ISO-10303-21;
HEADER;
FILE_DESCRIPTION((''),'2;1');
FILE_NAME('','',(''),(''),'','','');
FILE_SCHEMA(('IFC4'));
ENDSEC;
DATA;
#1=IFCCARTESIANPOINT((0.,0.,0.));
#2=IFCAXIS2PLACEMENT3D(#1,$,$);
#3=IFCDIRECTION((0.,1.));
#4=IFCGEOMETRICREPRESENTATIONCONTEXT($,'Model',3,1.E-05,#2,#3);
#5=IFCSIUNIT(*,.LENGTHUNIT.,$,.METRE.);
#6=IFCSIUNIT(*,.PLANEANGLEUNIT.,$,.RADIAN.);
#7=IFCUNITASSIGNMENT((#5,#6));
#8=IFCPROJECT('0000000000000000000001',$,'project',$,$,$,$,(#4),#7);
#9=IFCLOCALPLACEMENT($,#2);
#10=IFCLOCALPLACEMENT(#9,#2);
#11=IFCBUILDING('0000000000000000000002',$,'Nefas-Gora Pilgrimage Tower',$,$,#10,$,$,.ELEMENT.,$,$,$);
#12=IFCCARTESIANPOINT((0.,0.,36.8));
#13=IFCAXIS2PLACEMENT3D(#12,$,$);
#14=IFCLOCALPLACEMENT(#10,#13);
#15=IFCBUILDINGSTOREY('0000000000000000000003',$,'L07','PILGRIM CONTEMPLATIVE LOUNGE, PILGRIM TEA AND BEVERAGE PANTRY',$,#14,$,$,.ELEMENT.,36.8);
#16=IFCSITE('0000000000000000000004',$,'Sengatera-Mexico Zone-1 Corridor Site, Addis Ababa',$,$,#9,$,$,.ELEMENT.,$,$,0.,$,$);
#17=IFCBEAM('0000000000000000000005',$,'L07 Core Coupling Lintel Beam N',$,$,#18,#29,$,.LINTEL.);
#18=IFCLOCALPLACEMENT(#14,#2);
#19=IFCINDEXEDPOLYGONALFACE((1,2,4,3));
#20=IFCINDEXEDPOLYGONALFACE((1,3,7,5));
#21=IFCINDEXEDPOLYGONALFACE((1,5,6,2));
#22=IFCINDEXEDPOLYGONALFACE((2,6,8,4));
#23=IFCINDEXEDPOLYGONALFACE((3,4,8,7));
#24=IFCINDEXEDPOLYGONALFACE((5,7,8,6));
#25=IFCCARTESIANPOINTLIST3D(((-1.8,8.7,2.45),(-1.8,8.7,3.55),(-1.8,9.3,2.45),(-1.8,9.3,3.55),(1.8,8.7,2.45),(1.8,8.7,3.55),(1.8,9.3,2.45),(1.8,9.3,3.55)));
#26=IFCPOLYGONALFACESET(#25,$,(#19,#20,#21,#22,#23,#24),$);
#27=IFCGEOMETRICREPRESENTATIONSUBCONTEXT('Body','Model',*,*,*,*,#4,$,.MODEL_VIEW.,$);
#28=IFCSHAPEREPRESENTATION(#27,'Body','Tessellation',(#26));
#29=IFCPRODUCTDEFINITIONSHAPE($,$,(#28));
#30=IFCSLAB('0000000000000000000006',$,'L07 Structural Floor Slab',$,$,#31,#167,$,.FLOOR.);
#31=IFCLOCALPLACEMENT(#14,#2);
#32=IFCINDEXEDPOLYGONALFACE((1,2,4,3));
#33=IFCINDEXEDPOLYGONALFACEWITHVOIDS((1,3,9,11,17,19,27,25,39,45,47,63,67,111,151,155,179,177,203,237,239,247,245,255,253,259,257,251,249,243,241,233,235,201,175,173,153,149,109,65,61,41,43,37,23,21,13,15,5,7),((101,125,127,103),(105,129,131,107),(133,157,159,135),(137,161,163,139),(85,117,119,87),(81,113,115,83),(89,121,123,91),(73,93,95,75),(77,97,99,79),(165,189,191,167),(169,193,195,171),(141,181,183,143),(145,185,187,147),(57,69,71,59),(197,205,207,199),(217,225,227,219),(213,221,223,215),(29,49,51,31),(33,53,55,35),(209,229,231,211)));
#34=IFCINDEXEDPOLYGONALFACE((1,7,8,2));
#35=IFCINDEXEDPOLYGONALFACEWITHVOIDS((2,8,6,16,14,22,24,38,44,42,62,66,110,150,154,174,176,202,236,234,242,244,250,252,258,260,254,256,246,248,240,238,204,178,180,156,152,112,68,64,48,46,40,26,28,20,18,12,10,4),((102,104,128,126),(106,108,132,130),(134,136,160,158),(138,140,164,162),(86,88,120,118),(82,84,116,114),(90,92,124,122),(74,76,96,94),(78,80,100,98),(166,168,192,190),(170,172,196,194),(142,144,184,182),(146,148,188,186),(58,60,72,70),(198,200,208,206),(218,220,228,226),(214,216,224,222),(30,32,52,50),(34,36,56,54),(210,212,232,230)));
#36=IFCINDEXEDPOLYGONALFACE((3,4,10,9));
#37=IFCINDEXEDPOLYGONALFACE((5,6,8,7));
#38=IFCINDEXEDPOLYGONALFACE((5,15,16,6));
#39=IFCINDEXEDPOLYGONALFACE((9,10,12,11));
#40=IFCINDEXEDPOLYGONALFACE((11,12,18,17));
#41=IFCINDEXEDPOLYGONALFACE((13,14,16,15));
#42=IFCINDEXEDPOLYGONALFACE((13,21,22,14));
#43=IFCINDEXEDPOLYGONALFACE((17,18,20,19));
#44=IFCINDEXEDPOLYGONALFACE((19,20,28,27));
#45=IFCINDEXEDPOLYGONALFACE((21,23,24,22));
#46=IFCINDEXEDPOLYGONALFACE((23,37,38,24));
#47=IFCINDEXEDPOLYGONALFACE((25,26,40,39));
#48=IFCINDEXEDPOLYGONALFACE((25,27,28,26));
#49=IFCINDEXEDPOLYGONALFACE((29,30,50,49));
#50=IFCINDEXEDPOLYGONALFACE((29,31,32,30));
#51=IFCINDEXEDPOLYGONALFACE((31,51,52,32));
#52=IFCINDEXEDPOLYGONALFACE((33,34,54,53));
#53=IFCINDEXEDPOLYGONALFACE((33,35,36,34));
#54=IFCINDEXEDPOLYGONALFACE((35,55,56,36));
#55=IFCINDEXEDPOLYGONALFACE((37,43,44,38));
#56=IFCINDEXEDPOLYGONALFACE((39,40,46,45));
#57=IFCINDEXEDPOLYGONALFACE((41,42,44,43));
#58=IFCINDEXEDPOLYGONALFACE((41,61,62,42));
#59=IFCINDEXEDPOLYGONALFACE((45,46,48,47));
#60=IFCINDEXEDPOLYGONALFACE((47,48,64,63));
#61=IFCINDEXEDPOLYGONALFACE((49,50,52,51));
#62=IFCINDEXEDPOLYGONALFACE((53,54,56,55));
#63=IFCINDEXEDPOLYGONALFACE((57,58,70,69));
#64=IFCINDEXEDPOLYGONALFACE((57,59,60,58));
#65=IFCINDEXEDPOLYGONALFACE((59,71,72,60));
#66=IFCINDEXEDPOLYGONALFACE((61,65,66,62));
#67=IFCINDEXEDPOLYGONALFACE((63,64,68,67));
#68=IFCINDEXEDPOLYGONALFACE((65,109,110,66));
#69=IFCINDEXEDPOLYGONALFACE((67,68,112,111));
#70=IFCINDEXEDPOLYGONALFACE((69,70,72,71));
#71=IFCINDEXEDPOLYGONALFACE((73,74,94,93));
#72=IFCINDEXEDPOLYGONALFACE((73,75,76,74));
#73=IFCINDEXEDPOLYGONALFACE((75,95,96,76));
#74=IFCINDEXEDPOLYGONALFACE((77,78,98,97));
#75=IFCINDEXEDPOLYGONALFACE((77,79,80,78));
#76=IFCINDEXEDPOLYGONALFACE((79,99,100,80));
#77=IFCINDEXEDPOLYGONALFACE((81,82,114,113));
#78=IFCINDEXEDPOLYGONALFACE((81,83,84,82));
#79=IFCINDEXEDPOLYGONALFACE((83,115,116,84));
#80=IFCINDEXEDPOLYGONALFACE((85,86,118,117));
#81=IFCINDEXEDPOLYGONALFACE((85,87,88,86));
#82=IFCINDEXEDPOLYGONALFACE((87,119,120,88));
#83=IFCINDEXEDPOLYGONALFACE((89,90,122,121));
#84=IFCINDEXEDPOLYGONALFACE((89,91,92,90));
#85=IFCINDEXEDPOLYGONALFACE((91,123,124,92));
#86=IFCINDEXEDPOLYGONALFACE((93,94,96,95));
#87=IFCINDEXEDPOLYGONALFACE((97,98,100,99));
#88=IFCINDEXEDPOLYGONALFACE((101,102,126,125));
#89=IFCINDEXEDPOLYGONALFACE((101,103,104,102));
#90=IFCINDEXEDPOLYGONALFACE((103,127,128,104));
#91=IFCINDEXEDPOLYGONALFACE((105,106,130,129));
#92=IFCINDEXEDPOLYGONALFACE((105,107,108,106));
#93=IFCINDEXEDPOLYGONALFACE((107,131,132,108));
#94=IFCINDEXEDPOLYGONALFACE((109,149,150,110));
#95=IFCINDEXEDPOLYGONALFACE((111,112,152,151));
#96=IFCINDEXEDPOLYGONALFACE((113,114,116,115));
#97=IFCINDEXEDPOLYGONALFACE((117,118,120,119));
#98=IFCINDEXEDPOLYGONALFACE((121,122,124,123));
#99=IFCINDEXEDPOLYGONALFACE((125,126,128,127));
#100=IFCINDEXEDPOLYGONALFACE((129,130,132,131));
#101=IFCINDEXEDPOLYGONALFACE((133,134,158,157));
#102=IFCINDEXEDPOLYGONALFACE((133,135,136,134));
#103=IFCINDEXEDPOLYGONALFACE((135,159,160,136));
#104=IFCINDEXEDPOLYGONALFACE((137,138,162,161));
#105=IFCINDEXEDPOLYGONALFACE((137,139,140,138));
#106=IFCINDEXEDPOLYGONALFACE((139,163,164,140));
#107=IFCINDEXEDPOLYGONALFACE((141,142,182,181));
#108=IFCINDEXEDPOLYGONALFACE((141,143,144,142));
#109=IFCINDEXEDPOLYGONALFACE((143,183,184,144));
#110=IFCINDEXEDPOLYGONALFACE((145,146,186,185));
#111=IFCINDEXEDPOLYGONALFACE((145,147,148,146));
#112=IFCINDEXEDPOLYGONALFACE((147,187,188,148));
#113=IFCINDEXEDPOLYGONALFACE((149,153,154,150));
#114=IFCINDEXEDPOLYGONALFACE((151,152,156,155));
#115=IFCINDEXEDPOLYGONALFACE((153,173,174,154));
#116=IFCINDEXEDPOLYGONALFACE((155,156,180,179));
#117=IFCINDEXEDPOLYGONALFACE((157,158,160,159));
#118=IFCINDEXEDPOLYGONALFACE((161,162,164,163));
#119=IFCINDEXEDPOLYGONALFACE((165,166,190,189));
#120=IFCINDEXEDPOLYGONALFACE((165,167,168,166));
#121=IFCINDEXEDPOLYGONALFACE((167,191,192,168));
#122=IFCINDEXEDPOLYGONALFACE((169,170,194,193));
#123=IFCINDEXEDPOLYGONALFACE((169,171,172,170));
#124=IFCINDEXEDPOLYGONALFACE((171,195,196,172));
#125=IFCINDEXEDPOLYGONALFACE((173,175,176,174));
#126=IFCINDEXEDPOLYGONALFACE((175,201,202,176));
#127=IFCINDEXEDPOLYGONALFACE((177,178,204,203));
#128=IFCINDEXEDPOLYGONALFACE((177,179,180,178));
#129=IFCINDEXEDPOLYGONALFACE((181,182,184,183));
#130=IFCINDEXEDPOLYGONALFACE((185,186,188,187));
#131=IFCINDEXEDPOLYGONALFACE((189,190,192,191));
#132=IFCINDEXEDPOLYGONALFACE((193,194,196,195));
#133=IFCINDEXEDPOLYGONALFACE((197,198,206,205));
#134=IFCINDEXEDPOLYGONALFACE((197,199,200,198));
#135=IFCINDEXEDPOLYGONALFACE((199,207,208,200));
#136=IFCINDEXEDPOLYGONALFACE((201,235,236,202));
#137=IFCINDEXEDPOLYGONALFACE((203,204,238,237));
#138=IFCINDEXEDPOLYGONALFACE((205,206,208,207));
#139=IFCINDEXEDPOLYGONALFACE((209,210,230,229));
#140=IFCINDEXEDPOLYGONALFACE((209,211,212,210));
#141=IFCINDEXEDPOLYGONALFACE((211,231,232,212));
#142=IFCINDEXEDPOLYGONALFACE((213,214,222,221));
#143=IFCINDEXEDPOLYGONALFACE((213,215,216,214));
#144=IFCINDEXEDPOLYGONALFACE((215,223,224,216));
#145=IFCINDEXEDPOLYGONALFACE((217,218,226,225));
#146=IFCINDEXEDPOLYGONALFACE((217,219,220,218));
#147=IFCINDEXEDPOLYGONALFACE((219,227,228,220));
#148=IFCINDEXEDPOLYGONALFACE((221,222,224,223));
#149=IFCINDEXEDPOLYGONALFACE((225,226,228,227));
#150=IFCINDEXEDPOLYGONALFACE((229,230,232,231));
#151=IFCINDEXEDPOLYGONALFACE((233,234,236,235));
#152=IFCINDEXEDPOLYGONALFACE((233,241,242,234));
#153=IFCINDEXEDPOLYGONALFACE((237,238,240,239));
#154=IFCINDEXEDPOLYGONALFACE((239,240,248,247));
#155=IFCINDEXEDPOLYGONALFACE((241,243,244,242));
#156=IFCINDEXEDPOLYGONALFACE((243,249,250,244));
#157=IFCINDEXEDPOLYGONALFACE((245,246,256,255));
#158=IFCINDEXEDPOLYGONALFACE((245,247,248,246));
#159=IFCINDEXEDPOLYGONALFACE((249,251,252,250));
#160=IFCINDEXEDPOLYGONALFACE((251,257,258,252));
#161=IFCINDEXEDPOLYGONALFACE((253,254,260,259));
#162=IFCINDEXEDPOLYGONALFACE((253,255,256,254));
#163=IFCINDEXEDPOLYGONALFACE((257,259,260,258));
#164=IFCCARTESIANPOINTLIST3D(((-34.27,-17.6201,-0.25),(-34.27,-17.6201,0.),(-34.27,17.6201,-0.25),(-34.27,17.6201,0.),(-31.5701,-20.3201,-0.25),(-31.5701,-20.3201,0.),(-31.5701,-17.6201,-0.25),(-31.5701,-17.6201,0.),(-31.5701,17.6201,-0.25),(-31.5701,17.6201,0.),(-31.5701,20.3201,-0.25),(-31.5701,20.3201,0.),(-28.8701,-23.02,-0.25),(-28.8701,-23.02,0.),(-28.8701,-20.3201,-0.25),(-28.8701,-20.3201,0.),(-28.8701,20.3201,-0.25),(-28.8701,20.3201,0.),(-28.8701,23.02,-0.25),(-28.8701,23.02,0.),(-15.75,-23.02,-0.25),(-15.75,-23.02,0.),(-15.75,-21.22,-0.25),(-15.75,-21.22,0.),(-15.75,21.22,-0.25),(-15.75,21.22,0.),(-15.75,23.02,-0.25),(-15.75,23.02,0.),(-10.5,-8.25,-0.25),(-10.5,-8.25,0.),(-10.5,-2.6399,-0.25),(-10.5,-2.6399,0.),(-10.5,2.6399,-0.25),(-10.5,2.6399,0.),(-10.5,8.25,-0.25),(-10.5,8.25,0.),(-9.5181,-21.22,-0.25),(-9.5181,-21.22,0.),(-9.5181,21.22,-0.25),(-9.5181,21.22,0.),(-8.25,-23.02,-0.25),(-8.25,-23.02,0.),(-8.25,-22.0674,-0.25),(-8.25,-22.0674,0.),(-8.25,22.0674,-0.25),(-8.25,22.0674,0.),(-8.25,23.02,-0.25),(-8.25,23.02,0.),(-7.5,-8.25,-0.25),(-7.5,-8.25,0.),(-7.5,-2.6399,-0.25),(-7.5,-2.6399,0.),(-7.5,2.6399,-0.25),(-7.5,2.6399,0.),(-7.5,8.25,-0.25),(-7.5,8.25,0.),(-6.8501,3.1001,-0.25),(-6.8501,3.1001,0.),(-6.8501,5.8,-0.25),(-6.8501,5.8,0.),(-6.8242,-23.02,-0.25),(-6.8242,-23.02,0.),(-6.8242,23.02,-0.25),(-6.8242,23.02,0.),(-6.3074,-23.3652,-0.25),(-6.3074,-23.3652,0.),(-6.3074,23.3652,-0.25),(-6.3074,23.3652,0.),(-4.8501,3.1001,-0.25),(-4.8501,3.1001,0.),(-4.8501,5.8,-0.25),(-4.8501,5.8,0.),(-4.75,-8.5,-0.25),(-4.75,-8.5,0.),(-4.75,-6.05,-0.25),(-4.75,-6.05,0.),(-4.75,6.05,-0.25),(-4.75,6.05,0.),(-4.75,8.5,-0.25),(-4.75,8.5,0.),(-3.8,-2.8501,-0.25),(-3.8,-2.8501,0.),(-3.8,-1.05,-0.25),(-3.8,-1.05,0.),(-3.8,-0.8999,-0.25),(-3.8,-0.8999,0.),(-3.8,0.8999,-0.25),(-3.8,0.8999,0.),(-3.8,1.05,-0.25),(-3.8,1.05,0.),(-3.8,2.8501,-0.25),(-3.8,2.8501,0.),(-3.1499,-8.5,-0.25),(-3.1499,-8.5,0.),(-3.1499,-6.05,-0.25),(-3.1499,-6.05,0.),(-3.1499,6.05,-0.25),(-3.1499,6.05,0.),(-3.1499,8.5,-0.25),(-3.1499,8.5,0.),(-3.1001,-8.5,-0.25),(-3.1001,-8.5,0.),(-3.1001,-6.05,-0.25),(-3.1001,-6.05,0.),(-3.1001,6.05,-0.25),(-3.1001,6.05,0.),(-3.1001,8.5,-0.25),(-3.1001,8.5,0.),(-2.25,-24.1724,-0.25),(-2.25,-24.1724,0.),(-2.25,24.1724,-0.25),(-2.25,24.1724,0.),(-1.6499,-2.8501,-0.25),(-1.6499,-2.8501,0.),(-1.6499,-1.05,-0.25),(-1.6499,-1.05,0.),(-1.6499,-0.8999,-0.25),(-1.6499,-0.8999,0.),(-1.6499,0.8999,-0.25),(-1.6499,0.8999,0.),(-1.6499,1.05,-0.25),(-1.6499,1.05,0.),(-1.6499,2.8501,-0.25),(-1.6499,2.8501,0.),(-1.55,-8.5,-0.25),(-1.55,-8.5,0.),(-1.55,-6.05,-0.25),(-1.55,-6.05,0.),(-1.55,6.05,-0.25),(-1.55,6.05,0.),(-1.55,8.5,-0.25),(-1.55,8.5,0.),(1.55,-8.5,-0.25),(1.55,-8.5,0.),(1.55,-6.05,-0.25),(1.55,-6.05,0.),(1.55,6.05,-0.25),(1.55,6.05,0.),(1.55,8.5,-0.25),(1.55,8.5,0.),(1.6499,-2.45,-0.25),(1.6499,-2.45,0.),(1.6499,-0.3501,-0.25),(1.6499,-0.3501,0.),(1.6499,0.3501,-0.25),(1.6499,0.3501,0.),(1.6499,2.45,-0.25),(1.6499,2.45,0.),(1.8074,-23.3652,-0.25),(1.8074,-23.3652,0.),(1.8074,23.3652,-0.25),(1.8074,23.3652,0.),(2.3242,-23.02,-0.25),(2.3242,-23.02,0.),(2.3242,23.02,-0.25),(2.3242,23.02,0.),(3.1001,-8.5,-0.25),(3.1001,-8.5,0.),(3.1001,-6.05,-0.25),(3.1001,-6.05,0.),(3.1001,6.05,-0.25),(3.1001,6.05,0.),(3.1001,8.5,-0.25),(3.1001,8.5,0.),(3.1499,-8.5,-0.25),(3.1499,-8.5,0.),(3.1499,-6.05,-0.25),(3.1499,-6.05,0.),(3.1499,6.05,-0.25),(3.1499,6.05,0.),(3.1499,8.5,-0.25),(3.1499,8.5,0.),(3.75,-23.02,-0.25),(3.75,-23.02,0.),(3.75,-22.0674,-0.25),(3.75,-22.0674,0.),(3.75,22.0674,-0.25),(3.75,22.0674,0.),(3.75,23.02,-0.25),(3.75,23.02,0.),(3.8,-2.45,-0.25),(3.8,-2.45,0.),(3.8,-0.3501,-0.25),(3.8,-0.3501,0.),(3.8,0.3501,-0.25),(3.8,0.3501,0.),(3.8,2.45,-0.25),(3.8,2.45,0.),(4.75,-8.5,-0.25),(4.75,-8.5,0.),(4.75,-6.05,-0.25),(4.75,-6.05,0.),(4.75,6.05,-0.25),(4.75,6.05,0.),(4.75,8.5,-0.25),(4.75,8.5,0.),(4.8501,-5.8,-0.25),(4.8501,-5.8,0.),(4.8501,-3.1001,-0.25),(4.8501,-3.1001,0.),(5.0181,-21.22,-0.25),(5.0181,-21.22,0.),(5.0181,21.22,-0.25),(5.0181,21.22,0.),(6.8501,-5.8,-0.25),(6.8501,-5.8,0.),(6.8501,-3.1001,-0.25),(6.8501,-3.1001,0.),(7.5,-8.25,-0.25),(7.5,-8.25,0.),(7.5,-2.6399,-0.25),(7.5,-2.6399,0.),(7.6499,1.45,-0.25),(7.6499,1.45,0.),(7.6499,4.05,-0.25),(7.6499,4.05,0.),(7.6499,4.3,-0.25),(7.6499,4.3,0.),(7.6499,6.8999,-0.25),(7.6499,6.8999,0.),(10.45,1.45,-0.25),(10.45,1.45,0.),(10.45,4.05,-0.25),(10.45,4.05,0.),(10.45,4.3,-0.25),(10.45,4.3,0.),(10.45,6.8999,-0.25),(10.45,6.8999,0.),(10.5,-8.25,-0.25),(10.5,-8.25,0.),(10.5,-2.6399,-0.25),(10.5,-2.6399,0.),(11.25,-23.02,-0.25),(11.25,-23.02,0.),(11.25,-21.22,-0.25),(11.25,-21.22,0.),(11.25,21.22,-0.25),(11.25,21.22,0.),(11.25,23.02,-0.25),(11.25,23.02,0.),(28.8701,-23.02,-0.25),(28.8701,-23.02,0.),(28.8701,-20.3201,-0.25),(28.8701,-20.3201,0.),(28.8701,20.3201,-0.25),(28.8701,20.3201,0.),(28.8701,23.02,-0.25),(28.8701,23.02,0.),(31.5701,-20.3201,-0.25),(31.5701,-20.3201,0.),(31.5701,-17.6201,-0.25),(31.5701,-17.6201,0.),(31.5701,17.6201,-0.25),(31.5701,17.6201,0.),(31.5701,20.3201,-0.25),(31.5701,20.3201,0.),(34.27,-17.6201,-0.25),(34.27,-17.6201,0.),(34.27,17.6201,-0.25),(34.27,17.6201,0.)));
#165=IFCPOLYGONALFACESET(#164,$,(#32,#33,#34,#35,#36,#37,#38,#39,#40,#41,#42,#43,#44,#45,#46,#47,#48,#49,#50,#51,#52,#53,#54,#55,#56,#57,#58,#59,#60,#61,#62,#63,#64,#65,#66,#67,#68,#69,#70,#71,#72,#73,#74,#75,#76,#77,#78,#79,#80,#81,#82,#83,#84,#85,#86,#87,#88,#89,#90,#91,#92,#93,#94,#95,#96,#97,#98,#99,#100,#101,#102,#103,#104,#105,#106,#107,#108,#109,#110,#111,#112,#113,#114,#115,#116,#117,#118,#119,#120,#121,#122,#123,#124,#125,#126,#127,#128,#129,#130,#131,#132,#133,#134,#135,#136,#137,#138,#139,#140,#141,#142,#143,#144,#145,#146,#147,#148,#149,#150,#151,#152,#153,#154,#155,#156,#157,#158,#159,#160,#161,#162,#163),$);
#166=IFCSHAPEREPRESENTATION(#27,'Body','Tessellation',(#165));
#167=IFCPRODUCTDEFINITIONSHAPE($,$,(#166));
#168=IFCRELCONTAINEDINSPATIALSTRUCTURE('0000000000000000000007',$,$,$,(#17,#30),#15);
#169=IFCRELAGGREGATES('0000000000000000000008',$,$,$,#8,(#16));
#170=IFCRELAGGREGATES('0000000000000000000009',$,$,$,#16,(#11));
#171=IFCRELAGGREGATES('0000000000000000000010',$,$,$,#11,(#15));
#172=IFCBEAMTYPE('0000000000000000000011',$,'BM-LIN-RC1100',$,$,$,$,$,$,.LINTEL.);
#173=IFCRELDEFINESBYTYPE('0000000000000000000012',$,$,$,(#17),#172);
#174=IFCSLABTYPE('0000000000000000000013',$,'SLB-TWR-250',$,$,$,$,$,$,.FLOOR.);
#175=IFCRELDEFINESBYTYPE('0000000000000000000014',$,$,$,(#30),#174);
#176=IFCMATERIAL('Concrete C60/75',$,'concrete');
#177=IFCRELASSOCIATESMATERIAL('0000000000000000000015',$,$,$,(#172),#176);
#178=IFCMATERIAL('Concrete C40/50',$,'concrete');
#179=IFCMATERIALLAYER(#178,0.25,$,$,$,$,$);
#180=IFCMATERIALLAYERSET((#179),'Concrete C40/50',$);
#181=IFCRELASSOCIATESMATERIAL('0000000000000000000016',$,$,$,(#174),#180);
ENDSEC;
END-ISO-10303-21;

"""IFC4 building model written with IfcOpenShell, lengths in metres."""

from ifc_helpers import new_model, si_unit, direction, frame, origin, origin_2d, place, context, subcontext, project, spatial, polyline, rectangle, outline, extrude, source, transform, mapped, material, layer, layer_set, material_profile, profile_set, type_object, element, save


model = new_model("IFC4")

# Units and contexts
model_context = context("Model", 3, precision=1e-05, world=origin(), true_north=direction((0.0, 1.0)))
body_context = subcontext(model_context, "Body", "Model", "MODEL_VIEW")
ifc_project = project(units=[si_unit("LENGTHUNIT", "METRE"), si_unit("PLANEANGLEUNIT", "RADIAN")], contexts=[model_context])

# Site, building, storey
site_placement = place(None, origin())
site = spatial("IfcSite", under=ifc_project, at=site_placement, Name="Sengatera-Mexico Zone-1 Corridor Site, Addis Ababa", CompositionType="ELEMENT", RefElevation=0.0)
building_placement = place(site_placement, origin())
building = spatial("IfcBuilding", under=site, at=building_placement, Name="Nefas-Gora Pilgrimage Tower", CompositionType="ELEMENT")
storey_placement = place(building_placement, frame((0.0, 0.0, 36.8)))
storey = spatial("IfcBuildingStorey", under=building, at=storey_placement, Name="L07", Description="PILGRIM CONTEMPLATIVE LOUNGE, PILGRIM TEA AND BEVERAGE PANTRY", CompositionType="ELEMENT", Elevation=36.8)

# Beam
ifc_material_1 = material(Name="Concrete C60/75", Category="concrete")
ifc_material_profile = material_profile(ifc_material_1, rectangle(XDim=0.6001, YDim=1.1001, at=origin_2d()), Name="RC 600x1100")
ifc_profile_set = profile_set([ifc_material_profile], Name="Concrete C60/75")
beam_type = type_object("IfcBeamType", Name="BM-LIN-RC1100", PredefinedType="LINTEL", material=ifc_profile_set)
shared_shape_1 = source(origin(), body_context, "Body", "SweptSolid", [
    extrude(rectangle(XDim=0.6001, YDim=1.1001, at=origin_2d()), origin(), (0.0, 0.0, 1.0), 3.6001),
])
beam_placement = place(storey_placement, frame((-1.8, 9.0, 3.0), z_axis=(1.0, 0.0, 0.0), x_axis=(0.0, 1.0, 0.0)))
element("IfcBeam", 1, at=beam_placement, inside=storey, type_object=beam_type, Name="L07 Core Coupling Lintel Beam N", PredefinedType="LINTEL", context=body_context, shape_type="MappedRepresentation", body=[
    mapped(shared_shape_1, transform((0.0, 0.0, 0.0), x_axis=(1.0, 0.0, 0.0), y_axis=(0.0, 1.0, 0.0), z_axis=(0.0, 0.0, 1.0), scale=1.0)),
])

# Slab
ifc_material_2 = material(Name="Concrete C40/50", Category="concrete")
ifc_layer_1 = layer(ifc_material_2, 0.25)
ifc_layer_set_1 = layer_set([ifc_layer_1], Name="Concrete C40/50")
slab_type_1 = type_object("IfcSlabType", Name="SLB-TWR-250", PredefinedType="FLOOR", material=ifc_layer_set_1)
slab_1_placement = place(storey_placement, frame((0.0, 0.0, -0.25)))
element("IfcSlab", 2, at=slab_1_placement, inside=storey, type_object=slab_type_1, Name="L07 Structural Floor Slab", PredefinedType="FLOOR", context=body_context, shape_type="SweptSolid", body=[
    extrude(outline(polyline([(5.0181, -21.22), (11.25, -21.22), (11.25, -23.02), (28.8701, -23.02), (28.8701, -20.3201), (31.5701, -20.3201), (31.5701, -17.6201), (34.27, -17.6201), (34.27, 17.6201), (31.5701, 17.6201), (31.5701, 20.3201), (28.8701, 20.3201), (28.8701, 23.02), (11.25, 23.02), (11.25, 21.22), (5.0181, 21.22), (3.75, 22.0674), (3.75, 23.02), (2.3242, 23.02), (1.8074, 23.3652), (-2.25, 24.1724), (-6.3074, 23.3652), (-6.8242, 23.02), (-8.25, 23.02), (-8.25, 22.0674), (-9.5181, 21.22), (-15.75, 21.22), (-15.75, 23.02), (-28.8701, 23.02), (-28.8701, 20.3201), (-31.5701, 20.3201), (-31.5701, 17.6201), (-34.27, 17.6201), (-34.27, -17.6201), (-31.5701, -17.6201), (-31.5701, -20.3201), (-28.8701, -20.3201), (-28.8701, -23.02), (-15.75, -23.02), (-15.75, -21.22), (-9.5181, -21.22), (-8.25, -22.0674), (-8.25, -23.02), (-6.8242, -23.02), (-6.3074, -23.3652), (-2.25, -24.1724), (1.8074, -23.3652), (2.3242, -23.02), (3.75, -23.02), (3.75, -22.0674), (5.0181, -21.22)]), holes=[polyline([(-10.5, 2.6399), (-10.5, 8.25), (-7.5, 8.25), (-7.5, 2.6399), (-10.5, 2.6399)]), polyline([(10.5, -2.6399), (10.5, -8.25), (7.5, -8.25), (7.5, -2.6399), (10.5, -2.6399)]), polyline([(-7.5, -2.6399), (-7.5, -8.25), (-10.5, -8.25), (-10.5, -2.6399), (-7.5, -2.6399)]), polyline([(-6.8501, 5.8), (-4.8501, 5.8), (-4.8501, 3.1001), (-6.8501, 3.1001), (-6.8501, 5.8)]), polyline([(4.8501, -3.1001), (6.8501, -3.1001), (6.8501, -5.8), (4.8501, -5.8), (4.8501, -3.1001)]), polyline([(7.6499, 4.05), (10.45, 4.05), (10.45, 1.45), (7.6499, 1.45), (7.6499, 4.05)]), polyline([(7.6499, 6.8999), (10.45, 6.8999), (10.45, 4.3), (7.6499, 4.3), (7.6499, 6.8999)]), polyline([(-4.75, 8.5), (-3.1499, 8.5), (-3.1499, 6.05), (-4.75, 6.05), (-4.75, 8.5)]), polyline([(-3.1001, 8.5), (-1.55, 8.5), (-1.55, 6.05), (-3.1001, 6.05), (-3.1001, 8.5)]), polyline([(1.55, 8.5), (3.1001, 8.5), (3.1001, 6.05), (1.55, 6.05), (1.55, 8.5)]), polyline([(3.1499, 8.5), (4.75, 8.5), (4.75, 6.05), (3.1499, 6.05), (3.1499, 8.5)]), polyline([(-4.75, -6.05), (-3.1499, -6.05), (-3.1499, -8.5), (-4.75, -8.5), (-4.75, -6.05)]), polyline([(-3.1001, -6.05), (-1.55, -6.05), (-1.55, -8.5), (-3.1001, -8.5), (-3.1001, -6.05)]), polyline([(1.55, -6.05), (3.1001, -6.05), (3.1001, -8.5), (1.55, -8.5), (1.55, -6.05)]), polyline([(3.1499, -6.05), (4.75, -6.05), (4.75, -8.5), (3.1499, -8.5), (3.1499, -6.05)]), polyline([(-3.8, -1.05), (-1.6499, -1.05), (-1.6499, -2.8501), (-3.8, -2.8501), (-3.8, -1.05)]), polyline([(-3.8, 0.8999), (-1.6499, 0.8999), (-1.6499, -0.8999), (-3.8, -0.8999), (-3.8, 0.8999)]), polyline([(-3.8, 2.8501), (-1.6499, 2.8501), (-1.6499, 1.05), (-3.8, 1.05), (-3.8, 2.8501)]), polyline([(1.6499, -0.3501), (3.8, -0.3501), (3.8, -2.45), (1.6499, -2.45), (1.6499, -0.3501)]), polyline([(1.6499, 2.45), (3.8, 2.45), (3.8, 0.3501), (1.6499, 0.3501), (1.6499, 2.45)])]), origin(), (0.0, 0.0, 1.0), 0.25),
])

save(model, "model.ifc")
